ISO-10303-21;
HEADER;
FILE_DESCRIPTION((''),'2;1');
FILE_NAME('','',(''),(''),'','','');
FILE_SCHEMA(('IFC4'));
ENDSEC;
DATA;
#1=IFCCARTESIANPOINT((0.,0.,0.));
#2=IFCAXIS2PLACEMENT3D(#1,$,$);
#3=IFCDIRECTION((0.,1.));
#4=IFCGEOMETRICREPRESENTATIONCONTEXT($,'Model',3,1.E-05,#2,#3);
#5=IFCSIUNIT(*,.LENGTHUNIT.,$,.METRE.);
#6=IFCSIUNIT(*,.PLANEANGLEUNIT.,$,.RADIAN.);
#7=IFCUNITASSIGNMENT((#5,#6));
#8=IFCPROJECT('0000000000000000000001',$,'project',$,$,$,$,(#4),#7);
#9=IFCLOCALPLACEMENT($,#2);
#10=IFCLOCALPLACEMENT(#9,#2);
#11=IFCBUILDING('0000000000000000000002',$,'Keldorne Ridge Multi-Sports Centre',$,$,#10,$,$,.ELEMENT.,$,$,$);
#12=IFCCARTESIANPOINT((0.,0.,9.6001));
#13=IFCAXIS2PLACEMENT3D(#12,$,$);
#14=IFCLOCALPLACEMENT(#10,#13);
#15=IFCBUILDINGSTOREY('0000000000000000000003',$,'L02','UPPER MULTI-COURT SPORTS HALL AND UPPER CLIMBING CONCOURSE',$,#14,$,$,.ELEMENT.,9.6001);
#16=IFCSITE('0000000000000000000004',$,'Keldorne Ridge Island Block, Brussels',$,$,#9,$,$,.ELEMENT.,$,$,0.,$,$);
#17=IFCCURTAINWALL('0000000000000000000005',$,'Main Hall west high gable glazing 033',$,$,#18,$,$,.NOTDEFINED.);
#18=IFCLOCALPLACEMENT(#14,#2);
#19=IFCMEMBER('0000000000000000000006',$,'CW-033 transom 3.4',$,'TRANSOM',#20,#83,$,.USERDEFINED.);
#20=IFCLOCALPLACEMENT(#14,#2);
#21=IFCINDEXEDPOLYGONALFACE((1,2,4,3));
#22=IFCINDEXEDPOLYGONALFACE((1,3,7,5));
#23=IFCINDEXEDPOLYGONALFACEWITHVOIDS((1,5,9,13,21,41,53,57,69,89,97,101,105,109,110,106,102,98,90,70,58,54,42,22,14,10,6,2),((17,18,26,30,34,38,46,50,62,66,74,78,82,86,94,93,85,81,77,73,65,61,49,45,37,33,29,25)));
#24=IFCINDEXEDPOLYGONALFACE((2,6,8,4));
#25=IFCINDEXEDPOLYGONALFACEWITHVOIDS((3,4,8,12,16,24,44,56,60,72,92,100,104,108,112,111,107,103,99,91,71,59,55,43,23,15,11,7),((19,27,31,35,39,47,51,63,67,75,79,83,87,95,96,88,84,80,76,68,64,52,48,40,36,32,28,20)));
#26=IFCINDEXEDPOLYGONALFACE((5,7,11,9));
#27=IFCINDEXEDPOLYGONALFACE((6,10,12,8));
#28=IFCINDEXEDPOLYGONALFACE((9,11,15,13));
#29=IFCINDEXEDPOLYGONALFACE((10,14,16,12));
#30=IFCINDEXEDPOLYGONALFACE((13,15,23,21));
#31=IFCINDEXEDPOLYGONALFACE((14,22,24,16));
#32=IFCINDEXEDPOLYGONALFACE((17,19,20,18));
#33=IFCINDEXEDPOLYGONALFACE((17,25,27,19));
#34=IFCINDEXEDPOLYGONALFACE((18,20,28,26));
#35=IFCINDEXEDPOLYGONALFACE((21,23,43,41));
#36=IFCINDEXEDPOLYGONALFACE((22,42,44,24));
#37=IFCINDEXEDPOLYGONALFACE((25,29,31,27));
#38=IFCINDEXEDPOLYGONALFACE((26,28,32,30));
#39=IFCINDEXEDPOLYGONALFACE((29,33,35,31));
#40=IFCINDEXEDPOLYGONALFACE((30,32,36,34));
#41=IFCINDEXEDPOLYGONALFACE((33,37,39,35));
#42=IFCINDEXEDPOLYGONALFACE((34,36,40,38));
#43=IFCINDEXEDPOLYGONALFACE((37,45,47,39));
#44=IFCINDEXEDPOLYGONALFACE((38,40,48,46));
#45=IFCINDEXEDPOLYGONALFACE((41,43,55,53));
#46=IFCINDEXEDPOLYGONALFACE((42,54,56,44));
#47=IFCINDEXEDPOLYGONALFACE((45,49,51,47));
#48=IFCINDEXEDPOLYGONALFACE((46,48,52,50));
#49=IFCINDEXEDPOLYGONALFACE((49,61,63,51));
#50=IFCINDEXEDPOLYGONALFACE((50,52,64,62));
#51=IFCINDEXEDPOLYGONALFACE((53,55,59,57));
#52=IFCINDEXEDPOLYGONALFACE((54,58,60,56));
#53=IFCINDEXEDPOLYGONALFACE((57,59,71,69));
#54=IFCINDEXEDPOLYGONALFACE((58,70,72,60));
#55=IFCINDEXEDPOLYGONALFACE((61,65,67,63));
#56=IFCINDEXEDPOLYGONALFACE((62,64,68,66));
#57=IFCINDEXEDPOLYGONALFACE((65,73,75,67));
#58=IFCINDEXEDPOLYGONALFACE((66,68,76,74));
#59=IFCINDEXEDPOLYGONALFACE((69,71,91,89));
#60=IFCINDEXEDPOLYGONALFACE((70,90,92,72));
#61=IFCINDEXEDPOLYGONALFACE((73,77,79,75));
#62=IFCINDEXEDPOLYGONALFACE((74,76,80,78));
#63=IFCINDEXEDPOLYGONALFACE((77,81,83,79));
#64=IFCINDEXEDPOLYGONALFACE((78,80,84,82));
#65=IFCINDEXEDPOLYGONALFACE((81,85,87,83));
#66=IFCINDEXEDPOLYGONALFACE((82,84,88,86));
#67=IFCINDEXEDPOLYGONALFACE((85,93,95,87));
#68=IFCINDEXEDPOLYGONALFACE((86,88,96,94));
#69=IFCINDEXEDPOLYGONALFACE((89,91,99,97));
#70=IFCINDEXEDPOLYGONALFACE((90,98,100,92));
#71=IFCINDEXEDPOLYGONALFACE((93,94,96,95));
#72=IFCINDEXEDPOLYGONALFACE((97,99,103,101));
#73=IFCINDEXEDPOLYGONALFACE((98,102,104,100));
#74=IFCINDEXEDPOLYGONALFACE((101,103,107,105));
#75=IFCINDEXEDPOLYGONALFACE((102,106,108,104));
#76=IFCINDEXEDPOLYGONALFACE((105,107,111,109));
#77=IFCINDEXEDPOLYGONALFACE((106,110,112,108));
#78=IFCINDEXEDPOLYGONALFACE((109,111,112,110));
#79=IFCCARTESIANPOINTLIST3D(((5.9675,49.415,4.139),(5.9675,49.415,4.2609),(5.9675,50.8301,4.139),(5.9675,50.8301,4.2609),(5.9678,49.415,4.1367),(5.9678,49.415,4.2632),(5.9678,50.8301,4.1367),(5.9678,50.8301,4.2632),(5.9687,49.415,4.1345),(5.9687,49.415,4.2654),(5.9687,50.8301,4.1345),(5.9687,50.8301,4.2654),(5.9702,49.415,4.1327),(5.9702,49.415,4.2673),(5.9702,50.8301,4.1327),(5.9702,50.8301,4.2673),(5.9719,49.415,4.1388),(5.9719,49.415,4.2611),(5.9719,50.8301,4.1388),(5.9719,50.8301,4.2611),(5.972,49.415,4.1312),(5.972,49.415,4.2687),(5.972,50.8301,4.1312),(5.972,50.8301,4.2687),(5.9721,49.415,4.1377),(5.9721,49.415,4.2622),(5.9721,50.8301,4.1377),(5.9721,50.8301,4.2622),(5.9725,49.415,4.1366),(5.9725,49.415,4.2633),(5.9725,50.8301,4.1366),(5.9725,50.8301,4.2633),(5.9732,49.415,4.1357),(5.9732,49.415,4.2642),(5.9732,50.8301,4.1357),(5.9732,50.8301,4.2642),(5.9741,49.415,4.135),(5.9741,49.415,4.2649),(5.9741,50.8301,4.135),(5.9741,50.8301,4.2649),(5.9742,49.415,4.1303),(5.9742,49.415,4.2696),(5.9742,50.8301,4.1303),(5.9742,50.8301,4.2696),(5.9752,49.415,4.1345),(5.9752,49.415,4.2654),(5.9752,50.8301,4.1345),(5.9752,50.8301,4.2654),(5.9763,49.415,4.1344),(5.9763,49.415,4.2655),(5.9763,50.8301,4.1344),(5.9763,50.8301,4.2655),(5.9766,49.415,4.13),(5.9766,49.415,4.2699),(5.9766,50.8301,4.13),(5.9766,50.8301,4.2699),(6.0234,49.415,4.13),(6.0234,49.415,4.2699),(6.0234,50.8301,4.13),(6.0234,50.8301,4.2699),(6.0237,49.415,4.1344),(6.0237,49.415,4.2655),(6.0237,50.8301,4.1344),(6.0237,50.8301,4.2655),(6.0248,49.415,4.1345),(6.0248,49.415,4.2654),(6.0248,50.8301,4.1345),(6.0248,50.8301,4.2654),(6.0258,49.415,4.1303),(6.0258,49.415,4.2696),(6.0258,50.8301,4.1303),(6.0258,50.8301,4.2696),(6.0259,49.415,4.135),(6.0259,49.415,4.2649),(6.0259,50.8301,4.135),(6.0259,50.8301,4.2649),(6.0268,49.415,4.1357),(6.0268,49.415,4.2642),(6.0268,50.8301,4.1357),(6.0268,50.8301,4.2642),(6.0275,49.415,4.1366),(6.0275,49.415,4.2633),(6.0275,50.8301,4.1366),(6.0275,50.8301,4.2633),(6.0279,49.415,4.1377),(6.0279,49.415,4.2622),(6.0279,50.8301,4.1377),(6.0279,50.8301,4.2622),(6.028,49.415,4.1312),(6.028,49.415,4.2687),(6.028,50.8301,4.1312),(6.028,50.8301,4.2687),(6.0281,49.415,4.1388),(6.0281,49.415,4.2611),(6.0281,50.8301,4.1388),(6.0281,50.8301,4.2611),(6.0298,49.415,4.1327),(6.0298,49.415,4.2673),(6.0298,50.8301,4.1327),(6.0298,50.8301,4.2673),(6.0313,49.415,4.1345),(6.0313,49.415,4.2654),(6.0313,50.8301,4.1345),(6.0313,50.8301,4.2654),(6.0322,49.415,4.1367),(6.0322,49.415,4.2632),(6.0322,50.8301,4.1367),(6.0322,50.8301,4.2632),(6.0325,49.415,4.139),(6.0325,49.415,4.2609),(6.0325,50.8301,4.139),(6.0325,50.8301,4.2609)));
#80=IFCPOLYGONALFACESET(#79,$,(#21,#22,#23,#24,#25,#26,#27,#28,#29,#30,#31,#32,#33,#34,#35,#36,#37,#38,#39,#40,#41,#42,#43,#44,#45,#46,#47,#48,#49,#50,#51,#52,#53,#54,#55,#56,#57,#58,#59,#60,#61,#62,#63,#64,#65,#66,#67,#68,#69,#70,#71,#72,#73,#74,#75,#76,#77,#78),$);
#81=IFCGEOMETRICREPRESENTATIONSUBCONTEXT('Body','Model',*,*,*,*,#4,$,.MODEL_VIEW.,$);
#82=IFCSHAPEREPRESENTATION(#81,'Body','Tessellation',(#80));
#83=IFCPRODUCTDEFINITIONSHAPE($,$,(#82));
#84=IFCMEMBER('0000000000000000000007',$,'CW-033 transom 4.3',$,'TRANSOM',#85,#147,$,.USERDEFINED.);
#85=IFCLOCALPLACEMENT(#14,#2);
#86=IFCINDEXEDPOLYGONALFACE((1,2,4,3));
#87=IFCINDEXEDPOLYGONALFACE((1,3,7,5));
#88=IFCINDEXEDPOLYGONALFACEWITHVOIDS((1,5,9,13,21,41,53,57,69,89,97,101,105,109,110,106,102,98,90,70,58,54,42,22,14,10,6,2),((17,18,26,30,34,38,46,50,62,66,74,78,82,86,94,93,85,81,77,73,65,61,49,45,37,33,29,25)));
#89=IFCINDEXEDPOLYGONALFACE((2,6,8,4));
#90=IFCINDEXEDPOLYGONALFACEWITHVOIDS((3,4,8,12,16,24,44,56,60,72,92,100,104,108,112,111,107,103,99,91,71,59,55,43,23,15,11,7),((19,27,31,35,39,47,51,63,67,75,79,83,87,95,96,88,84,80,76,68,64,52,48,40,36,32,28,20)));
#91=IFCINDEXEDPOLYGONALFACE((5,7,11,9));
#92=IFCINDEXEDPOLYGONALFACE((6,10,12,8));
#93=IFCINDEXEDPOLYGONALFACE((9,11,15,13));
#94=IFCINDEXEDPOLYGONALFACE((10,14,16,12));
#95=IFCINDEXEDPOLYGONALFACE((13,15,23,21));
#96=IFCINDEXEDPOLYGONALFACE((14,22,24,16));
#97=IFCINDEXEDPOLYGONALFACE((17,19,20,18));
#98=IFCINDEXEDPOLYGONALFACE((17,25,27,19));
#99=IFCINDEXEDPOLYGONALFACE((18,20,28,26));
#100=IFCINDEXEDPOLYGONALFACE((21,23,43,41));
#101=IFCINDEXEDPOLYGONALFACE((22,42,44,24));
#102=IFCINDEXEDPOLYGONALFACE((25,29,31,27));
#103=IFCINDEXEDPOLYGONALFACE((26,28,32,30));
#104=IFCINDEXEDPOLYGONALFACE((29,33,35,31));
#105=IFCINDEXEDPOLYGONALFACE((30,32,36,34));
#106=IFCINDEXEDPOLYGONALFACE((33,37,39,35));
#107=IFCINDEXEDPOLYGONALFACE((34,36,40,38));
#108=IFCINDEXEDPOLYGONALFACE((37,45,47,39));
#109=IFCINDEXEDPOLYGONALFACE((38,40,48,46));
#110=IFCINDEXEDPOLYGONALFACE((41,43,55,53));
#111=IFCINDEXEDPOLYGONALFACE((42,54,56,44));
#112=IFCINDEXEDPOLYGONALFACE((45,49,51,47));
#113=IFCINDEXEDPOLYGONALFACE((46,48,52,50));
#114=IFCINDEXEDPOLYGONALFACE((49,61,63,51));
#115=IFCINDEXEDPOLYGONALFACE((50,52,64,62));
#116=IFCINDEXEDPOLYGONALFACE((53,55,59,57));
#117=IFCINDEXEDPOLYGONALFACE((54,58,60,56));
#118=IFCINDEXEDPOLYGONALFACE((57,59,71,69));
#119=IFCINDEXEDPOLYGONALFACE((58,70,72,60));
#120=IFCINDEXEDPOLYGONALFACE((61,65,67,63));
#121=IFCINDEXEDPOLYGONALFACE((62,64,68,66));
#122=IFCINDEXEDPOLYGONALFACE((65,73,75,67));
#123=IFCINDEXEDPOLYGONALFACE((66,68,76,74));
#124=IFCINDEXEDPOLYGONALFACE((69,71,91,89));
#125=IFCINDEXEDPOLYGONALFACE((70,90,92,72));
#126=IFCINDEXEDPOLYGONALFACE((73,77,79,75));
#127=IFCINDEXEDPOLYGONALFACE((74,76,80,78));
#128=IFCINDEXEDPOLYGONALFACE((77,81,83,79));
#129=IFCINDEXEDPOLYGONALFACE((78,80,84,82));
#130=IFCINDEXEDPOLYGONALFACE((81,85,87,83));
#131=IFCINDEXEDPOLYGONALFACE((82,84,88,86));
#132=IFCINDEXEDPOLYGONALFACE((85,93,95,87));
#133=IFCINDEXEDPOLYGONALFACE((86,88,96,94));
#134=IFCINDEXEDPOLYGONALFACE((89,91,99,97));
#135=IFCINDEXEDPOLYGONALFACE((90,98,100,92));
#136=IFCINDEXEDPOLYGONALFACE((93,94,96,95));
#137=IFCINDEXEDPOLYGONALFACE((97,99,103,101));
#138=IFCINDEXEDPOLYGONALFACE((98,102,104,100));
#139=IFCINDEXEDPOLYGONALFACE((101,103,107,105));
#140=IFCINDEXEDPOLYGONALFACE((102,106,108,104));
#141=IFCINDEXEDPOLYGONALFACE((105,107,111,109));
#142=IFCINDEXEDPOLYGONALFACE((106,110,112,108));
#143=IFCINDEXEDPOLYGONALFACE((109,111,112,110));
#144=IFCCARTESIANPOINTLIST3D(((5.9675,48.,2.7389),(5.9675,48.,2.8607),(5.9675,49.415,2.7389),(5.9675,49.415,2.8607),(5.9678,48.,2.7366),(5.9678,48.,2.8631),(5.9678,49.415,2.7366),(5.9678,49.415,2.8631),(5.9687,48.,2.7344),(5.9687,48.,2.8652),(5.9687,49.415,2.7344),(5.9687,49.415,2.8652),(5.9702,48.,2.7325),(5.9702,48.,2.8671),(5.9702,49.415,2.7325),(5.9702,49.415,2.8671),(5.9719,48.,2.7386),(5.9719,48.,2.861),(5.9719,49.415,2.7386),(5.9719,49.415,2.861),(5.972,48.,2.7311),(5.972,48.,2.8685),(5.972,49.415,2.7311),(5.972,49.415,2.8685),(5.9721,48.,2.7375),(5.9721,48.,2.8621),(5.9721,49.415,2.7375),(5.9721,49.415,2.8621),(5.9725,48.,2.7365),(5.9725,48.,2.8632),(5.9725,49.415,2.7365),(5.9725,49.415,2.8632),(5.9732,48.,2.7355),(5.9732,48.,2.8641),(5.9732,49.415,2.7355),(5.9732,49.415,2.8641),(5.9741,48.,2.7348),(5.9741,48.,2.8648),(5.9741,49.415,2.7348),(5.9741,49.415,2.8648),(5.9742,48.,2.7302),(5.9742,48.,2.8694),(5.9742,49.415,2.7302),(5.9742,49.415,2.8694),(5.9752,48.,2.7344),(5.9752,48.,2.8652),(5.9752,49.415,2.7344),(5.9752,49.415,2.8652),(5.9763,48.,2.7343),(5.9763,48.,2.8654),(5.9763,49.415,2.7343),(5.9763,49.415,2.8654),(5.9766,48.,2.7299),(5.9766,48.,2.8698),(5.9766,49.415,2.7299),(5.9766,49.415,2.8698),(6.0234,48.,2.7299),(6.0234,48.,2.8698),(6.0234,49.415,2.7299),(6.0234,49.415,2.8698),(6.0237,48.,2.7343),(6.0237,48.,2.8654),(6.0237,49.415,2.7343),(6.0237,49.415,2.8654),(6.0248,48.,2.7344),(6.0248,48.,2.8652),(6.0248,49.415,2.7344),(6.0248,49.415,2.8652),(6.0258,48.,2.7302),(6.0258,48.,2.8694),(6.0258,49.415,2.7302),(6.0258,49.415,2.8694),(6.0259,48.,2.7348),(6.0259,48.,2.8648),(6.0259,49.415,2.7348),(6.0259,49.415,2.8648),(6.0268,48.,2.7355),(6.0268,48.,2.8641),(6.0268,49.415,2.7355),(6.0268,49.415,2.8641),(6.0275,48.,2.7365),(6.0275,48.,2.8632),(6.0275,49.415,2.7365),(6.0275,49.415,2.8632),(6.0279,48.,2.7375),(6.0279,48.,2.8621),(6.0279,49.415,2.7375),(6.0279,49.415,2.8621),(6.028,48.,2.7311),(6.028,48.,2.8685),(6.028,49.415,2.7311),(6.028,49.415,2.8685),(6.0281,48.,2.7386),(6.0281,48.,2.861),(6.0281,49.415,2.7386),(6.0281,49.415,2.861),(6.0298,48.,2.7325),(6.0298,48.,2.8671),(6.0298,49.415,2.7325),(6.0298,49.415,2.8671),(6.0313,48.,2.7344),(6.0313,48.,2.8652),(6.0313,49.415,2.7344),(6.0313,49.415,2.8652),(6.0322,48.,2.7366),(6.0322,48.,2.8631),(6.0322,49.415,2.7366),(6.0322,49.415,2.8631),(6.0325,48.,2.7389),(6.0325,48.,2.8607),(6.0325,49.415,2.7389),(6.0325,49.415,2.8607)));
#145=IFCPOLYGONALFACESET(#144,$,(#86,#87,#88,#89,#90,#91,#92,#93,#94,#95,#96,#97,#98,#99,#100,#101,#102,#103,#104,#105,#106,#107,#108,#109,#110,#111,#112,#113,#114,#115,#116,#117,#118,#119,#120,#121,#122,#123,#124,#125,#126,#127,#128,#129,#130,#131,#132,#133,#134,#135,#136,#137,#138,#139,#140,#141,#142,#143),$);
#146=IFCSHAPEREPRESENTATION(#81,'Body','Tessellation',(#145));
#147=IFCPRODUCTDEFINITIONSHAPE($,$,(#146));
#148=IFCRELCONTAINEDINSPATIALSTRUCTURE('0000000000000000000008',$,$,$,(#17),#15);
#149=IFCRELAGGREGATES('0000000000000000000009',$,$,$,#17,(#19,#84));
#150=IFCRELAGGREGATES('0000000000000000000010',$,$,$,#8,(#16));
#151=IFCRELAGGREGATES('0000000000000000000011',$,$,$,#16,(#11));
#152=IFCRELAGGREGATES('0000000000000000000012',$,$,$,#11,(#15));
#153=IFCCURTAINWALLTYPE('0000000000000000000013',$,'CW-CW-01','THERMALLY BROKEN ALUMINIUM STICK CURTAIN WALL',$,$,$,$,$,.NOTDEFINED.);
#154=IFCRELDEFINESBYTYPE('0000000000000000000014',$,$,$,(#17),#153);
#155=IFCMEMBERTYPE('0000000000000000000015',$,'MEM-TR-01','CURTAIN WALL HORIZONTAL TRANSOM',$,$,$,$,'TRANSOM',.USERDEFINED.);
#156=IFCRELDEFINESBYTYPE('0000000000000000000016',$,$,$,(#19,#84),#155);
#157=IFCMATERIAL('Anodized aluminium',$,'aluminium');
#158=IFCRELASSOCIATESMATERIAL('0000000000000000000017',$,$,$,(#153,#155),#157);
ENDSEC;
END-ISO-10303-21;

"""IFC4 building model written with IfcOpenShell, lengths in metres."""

from ifc_helpers import new_model, si_unit, direction, frame, origin, origin_2d, place, context, subcontext, project, spatial, hollow_rectangle, extrude, material, material_profile, profile_set, type_object, element, aggregate, save


model = new_model("IFC4")

# Units and contexts
model_context = context("Model", 3, precision=1e-05, world=origin(), true_north=direction((0.0, 1.0)))
body_context = subcontext(model_context, "Body", "Model", "MODEL_VIEW")
ifc_project = project(units=[si_unit("LENGTHUNIT", "METRE"), si_unit("PLANEANGLEUNIT", "RADIAN")], contexts=[model_context])

# Site, building, storey
site_placement = place(None, origin())
site = spatial("IfcSite", under=ifc_project, at=site_placement, Name="Keldorne Ridge Island Block, Brussels", CompositionType="ELEMENT", RefElevation=0.0)
building_placement = place(site_placement, origin())
building = spatial("IfcBuilding", under=site, at=building_placement, Name="Keldorne Ridge Multi-Sports Centre", CompositionType="ELEMENT")
storey_placement = place(building_placement, frame((0.0, 0.0, 9.6001)))
storey = spatial("IfcBuildingStorey", under=building, at=storey_placement, Name="L02", Description="UPPER MULTI-COURT SPORTS HALL AND UPPER CLIMBING CONCOURSE", CompositionType="ELEMENT", Elevation=9.6001)

# Curtain wall, members
ifc_material_1 = material(Name="Anodized aluminium", Category="aluminium")
curtain_wall_type = type_object("IfcCurtainWallType", Name="CW-CW-01", Description="THERMALLY BROKEN ALUMINIUM STICK CURTAIN WALL", PredefinedType="NOTDEFINED", material=ifc_material_1)
curtain_wall_placement = place(storey_placement, origin())
curtain_wall = element("IfcCurtainWall", 1, at=curtain_wall_placement, inside=storey, type_object=curtain_wall_type, Name="Main Hall west high gable glazing 033", PredefinedType="NOTDEFINED")
ifc_material_profile_1 = material_profile(ifc_material_1, hollow_rectangle(XDim=0.0649, YDim=0.1399, WallThickness=0.0044, InnerFilletRadius=0.0044, OuterFilletRadius=0.009, at=origin_2d()), Name="ALU TRANSOM 140x65x4.5")
ifc_profile_set_1 = profile_set([ifc_material_profile_1], Name="Anodized aluminium")
member_type_1 = type_object("IfcMemberType", Name="MEM-TR-01", Description="CURTAIN WALL HORIZONTAL TRANSOM", ElementType="TRANSOM", PredefinedType="USERDEFINED", material=ifc_profile_set_1)
member_1_placement = place(storey_placement, frame((6.0, 50.8301, 4.2), z_axis=(0.0, -1.0, 0.0), x_axis=(1.0, 0.0, 0.0)))
member_1 = element("IfcMember", 2, at=member_1_placement, type_object=member_type_1, Name="CW-033 transom 3.4", ObjectType="TRANSOM", PredefinedType="USERDEFINED", context=body_context, shape_type="SweptSolid", body=[
    extrude(hollow_rectangle(XDim=0.0649, YDim=0.1399, WallThickness=0.0044, InnerFilletRadius=0.0044, OuterFilletRadius=0.009, at=origin_2d()), origin(), (0.0, 0.0, 1.0), 1.415),
])
member_2_placement = place(storey_placement, frame((6.0, 49.415, 2.7998), z_axis=(0.0, -1.0, 0.0), x_axis=(1.0, 0.0, 0.0)))
member_2 = element("IfcMember", 3, at=member_2_placement, type_object=member_type_1, Name="CW-033 transom 4.3", ObjectType="TRANSOM", PredefinedType="USERDEFINED", context=body_context, shape_type="SweptSolid", body=[
    extrude(hollow_rectangle(XDim=0.0649, YDim=0.1399, WallThickness=0.0044, InnerFilletRadius=0.0044, OuterFilletRadius=0.009, at=origin_2d()), origin(), (0.0, 0.0, 1.0), 1.415),
])

aggregate(curtain_wall, [member_1, member_2])

save(model, "model.ifc")
